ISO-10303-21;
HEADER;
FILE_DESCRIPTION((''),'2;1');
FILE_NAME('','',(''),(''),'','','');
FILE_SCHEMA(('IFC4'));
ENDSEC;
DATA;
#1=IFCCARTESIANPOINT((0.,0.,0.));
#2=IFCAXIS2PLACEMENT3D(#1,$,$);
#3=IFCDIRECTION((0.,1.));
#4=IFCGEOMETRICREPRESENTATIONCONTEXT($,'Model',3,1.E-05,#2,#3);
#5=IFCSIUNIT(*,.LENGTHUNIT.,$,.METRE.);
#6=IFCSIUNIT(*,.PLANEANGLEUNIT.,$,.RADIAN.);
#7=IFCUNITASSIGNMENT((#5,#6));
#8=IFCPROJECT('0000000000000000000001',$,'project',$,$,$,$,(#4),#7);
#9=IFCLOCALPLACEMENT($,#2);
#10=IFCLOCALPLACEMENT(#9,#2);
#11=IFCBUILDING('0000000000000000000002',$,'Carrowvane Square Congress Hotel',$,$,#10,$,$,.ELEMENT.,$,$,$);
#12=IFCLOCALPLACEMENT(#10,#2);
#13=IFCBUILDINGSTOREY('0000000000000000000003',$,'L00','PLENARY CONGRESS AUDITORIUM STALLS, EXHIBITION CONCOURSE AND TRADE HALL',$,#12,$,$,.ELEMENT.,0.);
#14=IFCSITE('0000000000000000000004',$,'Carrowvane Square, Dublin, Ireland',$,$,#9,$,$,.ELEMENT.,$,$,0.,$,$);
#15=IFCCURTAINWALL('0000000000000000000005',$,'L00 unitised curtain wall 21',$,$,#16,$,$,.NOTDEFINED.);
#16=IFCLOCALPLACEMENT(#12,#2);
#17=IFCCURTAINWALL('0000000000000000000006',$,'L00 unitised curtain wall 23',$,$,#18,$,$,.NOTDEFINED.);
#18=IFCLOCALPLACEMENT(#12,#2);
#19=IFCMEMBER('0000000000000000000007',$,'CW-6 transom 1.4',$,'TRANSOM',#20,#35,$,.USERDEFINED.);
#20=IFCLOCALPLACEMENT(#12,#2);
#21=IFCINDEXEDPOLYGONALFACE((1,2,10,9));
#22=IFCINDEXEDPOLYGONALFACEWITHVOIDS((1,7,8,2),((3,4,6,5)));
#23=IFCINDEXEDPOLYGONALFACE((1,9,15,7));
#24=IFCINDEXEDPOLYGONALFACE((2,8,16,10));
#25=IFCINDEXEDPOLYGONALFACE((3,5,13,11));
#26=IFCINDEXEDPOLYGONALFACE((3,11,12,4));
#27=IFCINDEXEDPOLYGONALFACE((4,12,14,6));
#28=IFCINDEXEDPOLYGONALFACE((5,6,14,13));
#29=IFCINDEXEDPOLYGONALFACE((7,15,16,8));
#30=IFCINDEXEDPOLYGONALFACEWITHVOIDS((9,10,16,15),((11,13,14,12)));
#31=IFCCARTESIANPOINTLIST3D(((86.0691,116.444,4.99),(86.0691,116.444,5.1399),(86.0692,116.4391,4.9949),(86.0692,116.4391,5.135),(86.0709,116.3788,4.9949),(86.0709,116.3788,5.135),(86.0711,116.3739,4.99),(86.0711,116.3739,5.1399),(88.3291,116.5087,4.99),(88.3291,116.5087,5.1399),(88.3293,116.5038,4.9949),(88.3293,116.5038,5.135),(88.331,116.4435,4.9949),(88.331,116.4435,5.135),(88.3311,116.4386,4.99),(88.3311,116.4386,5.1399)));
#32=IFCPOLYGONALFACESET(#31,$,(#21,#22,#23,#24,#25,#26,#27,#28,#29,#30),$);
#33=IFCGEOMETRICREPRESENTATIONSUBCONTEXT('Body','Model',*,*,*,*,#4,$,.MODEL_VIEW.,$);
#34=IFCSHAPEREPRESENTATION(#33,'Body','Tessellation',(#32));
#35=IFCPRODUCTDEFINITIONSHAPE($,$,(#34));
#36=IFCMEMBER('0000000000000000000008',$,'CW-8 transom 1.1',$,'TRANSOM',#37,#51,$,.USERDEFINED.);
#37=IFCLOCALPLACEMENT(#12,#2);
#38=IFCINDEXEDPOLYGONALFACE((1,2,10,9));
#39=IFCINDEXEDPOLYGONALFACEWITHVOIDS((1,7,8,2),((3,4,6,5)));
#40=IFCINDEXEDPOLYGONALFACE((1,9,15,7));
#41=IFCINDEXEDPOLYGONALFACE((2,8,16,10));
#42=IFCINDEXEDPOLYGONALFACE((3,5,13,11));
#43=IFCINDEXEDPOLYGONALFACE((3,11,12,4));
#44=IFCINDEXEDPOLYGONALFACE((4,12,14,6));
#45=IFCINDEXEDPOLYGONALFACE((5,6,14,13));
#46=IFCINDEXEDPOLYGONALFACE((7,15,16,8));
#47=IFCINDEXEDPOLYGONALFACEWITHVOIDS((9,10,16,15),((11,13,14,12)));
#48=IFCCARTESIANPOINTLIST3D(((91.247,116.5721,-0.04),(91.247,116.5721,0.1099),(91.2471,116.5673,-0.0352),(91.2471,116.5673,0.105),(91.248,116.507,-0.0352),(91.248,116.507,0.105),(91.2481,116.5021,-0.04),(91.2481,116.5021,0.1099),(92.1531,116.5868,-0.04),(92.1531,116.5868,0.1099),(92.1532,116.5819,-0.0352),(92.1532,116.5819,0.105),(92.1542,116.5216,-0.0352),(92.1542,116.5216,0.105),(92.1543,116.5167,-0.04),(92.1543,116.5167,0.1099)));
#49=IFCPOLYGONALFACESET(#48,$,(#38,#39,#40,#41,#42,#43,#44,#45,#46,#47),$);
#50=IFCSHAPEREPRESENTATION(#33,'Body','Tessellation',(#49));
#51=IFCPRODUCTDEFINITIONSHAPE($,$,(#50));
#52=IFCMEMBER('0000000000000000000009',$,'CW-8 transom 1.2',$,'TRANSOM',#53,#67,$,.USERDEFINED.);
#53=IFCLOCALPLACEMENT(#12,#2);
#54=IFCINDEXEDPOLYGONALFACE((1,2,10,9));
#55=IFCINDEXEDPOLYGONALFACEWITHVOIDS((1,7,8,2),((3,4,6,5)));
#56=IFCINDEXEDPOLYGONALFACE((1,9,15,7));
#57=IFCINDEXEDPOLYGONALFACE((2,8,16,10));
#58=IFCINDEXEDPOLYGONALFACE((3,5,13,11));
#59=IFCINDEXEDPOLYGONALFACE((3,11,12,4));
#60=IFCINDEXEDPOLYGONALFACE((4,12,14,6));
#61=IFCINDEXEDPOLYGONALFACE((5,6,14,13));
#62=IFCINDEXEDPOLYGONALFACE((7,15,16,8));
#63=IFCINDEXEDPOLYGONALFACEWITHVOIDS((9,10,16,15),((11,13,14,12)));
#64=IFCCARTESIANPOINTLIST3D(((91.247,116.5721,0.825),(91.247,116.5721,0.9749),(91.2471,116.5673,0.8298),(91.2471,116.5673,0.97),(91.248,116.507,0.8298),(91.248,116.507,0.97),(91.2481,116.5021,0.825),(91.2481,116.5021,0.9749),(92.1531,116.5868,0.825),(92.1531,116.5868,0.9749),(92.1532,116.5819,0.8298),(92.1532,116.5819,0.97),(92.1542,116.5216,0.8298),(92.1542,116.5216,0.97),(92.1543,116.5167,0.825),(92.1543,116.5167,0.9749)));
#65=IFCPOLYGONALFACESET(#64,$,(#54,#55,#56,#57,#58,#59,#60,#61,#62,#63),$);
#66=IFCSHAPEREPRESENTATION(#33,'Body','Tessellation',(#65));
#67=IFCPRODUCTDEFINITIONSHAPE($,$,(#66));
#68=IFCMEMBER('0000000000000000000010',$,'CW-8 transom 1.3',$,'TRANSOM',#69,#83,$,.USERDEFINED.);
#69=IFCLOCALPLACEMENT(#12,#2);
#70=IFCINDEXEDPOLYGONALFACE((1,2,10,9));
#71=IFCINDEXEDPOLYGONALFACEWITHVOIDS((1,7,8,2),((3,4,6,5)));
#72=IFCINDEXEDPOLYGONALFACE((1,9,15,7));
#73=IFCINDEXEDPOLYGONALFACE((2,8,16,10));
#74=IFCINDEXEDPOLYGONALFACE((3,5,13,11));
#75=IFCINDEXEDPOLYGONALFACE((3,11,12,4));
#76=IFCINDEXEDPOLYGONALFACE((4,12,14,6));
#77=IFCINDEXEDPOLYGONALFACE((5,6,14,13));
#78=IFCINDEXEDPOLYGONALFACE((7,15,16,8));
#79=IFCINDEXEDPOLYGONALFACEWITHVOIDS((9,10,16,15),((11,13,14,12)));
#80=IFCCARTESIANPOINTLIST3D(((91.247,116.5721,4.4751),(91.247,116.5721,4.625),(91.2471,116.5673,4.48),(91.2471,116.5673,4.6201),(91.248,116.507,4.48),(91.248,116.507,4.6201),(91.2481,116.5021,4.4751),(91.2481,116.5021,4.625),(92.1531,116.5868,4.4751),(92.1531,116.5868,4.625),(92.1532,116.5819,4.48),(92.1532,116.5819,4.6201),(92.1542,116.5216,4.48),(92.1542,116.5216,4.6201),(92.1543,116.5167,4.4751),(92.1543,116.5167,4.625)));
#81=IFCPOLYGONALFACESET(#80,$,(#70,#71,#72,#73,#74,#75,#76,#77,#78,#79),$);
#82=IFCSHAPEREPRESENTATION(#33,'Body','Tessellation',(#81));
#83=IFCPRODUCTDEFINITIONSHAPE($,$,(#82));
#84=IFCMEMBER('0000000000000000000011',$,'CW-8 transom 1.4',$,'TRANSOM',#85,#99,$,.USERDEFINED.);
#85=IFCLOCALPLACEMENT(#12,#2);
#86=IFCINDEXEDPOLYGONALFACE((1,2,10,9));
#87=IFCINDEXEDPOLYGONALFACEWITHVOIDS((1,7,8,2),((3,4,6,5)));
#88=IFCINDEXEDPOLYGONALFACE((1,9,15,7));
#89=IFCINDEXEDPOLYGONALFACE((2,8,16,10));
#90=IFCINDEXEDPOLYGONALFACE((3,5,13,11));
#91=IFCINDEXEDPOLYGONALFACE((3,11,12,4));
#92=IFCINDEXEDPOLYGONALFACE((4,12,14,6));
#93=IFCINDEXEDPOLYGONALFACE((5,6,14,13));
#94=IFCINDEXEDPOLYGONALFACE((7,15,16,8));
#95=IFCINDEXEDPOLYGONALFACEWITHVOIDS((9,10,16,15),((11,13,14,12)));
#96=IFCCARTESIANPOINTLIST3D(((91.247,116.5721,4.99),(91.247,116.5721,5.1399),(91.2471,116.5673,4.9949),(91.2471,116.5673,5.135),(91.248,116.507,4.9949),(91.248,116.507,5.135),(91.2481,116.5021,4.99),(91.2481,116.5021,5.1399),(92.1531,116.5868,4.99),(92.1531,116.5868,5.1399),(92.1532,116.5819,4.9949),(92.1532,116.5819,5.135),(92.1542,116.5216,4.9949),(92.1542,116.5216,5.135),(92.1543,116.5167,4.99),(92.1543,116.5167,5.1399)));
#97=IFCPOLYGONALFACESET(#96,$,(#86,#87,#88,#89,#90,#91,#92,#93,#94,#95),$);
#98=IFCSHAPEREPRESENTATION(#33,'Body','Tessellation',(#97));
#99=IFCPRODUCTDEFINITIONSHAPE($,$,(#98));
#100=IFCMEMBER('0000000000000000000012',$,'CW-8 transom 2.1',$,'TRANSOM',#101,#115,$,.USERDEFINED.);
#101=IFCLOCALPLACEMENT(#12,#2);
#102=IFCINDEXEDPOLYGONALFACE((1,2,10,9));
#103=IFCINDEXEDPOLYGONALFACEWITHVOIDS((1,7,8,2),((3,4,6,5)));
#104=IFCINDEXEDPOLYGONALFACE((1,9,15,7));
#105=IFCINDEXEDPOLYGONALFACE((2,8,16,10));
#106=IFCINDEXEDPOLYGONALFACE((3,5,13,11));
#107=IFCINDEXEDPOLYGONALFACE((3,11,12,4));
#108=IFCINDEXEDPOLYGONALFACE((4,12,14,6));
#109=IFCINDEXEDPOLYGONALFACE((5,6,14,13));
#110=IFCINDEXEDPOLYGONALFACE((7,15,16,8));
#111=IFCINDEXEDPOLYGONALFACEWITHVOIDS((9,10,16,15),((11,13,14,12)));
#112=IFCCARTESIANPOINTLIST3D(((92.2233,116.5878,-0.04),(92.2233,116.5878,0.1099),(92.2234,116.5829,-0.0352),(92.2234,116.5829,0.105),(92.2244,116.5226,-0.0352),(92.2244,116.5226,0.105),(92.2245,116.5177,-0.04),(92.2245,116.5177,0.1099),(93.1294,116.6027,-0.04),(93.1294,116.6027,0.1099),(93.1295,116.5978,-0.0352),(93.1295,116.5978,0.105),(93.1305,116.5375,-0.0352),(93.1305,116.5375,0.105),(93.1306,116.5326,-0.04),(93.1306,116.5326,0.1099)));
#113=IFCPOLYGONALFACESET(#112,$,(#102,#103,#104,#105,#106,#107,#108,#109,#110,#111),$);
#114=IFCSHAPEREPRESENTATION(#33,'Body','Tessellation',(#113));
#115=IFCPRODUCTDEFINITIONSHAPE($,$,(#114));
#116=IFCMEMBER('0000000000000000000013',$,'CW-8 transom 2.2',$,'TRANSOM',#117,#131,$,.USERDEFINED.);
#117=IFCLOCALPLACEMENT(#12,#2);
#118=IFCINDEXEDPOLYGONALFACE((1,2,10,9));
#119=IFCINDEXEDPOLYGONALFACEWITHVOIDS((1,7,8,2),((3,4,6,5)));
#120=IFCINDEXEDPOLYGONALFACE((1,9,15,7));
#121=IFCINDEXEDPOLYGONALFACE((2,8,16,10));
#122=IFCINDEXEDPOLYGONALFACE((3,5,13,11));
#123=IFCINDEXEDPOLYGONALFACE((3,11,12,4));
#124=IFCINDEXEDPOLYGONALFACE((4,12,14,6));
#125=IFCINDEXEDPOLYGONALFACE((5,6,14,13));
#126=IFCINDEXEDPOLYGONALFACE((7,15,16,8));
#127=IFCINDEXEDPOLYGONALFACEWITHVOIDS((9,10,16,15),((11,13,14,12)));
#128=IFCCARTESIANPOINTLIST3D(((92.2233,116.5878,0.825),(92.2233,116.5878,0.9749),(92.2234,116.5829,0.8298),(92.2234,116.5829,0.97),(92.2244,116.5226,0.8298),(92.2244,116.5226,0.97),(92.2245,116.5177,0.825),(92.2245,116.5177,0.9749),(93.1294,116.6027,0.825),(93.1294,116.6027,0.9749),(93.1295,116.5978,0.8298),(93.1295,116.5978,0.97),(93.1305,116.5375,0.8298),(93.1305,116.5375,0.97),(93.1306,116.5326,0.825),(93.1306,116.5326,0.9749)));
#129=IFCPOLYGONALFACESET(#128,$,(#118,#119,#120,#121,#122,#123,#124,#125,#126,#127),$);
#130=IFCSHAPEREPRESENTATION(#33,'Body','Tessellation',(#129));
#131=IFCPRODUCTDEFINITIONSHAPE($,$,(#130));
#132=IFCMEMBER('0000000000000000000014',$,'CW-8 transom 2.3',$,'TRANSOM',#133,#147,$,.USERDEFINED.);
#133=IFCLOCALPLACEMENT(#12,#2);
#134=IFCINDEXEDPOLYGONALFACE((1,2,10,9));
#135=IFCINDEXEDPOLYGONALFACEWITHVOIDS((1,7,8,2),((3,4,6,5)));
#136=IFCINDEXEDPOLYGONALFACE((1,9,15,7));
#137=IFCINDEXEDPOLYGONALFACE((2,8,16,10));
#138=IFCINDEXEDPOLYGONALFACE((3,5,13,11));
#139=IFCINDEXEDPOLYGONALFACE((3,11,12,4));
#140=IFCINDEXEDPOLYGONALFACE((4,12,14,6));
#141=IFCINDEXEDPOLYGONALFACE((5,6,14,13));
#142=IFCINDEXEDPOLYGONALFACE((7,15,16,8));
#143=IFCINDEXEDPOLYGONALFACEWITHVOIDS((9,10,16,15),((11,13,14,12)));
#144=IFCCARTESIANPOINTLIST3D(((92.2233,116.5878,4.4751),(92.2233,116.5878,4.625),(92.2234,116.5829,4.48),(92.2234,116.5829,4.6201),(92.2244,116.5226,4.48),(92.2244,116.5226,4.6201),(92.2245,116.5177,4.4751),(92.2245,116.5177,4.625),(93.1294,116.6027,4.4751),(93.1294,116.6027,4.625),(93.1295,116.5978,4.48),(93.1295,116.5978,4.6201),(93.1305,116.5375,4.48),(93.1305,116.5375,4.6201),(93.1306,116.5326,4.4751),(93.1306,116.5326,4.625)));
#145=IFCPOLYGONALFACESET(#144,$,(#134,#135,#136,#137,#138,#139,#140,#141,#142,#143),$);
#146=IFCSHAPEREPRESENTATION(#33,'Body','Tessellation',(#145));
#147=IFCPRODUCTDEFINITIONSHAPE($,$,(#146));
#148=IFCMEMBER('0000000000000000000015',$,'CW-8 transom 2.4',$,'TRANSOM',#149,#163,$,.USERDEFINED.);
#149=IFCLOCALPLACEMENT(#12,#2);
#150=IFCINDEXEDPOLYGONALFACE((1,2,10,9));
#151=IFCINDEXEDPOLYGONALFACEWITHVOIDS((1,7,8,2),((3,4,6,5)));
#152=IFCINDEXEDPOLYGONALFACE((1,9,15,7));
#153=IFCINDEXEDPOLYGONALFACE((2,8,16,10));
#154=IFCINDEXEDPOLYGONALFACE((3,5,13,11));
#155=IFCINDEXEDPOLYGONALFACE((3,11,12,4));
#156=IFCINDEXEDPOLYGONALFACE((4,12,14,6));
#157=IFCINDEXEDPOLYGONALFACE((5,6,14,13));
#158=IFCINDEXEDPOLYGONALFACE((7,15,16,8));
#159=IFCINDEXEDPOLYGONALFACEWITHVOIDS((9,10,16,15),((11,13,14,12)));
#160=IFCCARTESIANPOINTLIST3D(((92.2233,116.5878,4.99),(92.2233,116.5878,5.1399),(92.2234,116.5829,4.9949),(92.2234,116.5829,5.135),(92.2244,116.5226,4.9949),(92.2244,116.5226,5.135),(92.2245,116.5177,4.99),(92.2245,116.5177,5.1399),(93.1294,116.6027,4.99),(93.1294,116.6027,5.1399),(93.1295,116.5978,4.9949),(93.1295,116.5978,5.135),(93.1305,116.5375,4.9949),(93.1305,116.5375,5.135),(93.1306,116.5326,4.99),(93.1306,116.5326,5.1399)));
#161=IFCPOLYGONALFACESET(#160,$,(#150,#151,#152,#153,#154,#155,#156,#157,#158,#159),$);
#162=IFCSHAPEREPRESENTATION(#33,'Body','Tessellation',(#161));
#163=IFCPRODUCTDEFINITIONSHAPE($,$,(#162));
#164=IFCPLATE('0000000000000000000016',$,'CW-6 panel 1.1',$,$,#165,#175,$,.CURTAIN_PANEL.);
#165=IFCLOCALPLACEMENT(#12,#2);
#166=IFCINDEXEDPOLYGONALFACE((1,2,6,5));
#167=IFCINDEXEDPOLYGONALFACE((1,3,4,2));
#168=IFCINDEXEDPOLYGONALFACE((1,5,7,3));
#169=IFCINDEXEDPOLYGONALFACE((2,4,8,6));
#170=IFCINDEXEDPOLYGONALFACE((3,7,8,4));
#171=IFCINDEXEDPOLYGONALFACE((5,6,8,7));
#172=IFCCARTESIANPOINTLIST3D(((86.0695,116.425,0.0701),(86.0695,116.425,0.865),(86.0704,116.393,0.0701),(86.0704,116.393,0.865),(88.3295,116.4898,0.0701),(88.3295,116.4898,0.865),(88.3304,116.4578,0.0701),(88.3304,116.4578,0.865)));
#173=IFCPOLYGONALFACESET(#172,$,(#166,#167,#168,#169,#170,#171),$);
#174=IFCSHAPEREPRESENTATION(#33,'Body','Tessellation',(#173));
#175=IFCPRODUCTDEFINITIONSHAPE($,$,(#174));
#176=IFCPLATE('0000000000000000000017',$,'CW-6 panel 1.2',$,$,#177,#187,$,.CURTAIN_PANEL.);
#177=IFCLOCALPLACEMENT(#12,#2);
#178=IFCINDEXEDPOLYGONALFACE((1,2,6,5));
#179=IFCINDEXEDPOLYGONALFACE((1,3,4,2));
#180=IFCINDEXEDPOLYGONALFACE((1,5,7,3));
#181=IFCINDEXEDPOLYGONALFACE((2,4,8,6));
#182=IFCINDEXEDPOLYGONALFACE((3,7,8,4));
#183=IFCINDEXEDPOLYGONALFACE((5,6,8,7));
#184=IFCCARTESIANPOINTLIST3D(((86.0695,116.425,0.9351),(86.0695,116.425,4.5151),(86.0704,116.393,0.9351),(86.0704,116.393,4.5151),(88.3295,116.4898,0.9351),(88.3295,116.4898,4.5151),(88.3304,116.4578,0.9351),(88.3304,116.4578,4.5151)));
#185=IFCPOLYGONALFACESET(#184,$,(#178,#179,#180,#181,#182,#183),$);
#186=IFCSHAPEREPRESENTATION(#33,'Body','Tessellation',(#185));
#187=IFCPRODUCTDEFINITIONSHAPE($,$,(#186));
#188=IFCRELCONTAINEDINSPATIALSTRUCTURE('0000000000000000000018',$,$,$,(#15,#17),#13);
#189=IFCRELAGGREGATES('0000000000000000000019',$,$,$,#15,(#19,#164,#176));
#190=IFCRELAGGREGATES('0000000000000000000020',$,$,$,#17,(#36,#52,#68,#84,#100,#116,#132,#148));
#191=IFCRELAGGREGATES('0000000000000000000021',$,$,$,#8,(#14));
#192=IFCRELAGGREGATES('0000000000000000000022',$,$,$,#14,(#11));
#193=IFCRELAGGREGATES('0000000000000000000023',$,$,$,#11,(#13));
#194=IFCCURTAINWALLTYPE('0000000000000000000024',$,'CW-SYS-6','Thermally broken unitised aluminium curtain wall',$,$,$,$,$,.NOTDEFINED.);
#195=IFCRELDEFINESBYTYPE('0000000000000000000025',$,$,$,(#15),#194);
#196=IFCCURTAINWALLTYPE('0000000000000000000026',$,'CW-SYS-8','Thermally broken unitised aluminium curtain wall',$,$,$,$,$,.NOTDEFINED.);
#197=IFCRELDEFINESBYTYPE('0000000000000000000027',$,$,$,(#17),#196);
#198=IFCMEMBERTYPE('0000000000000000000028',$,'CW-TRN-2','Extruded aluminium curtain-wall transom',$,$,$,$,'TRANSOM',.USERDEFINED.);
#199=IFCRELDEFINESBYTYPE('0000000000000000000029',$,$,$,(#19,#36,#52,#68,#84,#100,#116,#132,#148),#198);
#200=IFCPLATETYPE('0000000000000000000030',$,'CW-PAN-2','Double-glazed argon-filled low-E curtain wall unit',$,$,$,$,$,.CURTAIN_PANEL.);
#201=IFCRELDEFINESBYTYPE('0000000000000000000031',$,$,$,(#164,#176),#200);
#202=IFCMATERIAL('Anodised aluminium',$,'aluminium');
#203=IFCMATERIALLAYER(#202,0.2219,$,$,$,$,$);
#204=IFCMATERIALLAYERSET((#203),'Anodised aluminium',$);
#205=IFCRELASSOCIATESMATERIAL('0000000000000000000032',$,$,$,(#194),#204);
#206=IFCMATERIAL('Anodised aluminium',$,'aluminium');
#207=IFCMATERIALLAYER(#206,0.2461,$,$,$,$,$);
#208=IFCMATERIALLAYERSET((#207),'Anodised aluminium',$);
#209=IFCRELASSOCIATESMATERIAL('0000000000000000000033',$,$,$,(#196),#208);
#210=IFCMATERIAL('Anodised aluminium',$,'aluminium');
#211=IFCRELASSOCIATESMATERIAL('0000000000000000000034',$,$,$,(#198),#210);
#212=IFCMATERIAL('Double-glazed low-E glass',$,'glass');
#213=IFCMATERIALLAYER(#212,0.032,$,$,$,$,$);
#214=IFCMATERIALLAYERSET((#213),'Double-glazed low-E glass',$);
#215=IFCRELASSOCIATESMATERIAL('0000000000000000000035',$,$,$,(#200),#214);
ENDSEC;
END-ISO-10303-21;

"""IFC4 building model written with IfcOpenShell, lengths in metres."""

from ifc_helpers import new_model, si_unit, direction, frame, origin, origin_2d, place, context, subcontext, project, spatial, rectangle, hollow_rectangle, extrude, material, layer, layer_set, material_profile, profile_set, type_object, element, aggregate, save


model = new_model("IFC4")

# Units and contexts
model_context = context("Model", 3, precision=1e-05, world=origin(), true_north=direction((0.0, 1.0)))
body_context = subcontext(model_context, "Body", "Model", "MODEL_VIEW")
ifc_project = project(units=[si_unit("LENGTHUNIT", "METRE"), si_unit("PLANEANGLEUNIT", "RADIAN")], contexts=[model_context])

# Site, building, storey
site_placement = place(None, origin())
site = spatial("IfcSite", under=ifc_project, at=site_placement, Name="Carrowvane Square, Dublin, Ireland", CompositionType="ELEMENT", RefElevation=0.0)
building_placement = place(site_placement, origin())
building = spatial("IfcBuilding", under=site, at=building_placement, Name="Carrowvane Square Congress Hotel", CompositionType="ELEMENT")
storey_placement = place(building_placement, origin())
storey = spatial("IfcBuildingStorey", under=building, at=storey_placement, Name="L00", Description="PLENARY CONGRESS AUDITORIUM STALLS, EXHIBITION CONCOURSE AND TRADE HALL", CompositionType="ELEMENT", Elevation=0.0)

# Curtain wall
ifc_material_1 = material(Name="Anodised aluminium", Category="aluminium")
ifc_layer_1 = layer(ifc_material_1, 0.2219)
ifc_layer_set_1 = layer_set([ifc_layer_1], Name="Anodised aluminium")
curtain_wall_type_1 = type_object("IfcCurtainWallType", Name="CW-SYS-6", Description="Thermally broken unitised aluminium curtain wall", PredefinedType="NOTDEFINED", material=ifc_layer_set_1)
curtain_wall_1_placement = place(storey_placement, origin())
curtain_wall_1 = element("IfcCurtainWall", 1, at=curtain_wall_1_placement, inside=storey, type_object=curtain_wall_type_1, Name="L00 unitised curtain wall 21", PredefinedType="NOTDEFINED")

# Curtain wall
ifc_material_2 = material(Name="Anodised aluminium", Category="aluminium")
ifc_layer_2 = layer(ifc_material_2, 0.2461)
ifc_layer_set_2 = layer_set([ifc_layer_2], Name="Anodised aluminium")
curtain_wall_type_2 = type_object("IfcCurtainWallType", Name="CW-SYS-8", Description="Thermally broken unitised aluminium curtain wall", PredefinedType="NOTDEFINED", material=ifc_layer_set_2)
curtain_wall_2_placement = place(storey_placement, origin())
curtain_wall_2 = element("IfcCurtainWall", 2, at=curtain_wall_2_placement, inside=storey, type_object=curtain_wall_type_2, Name="L00 unitised curtain wall 23", PredefinedType="NOTDEFINED")

# Members
ifc_material_3 = material(Name="Anodised aluminium", Category="aluminium")
ifc_material_profile_1 = material_profile(ifc_material_3, hollow_rectangle(XDim=0.0701, YDim=0.1499, WallThickness=0.0049, at=origin_2d()), Name="CW-TR 70x150x5")
ifc_profile_set_1 = profile_set([ifc_material_profile_1], Name="Anodised aluminium")
member_type_1 = type_object("IfcMemberType", Name="CW-TRN-2", Description="Extruded aluminium curtain-wall transom", ElementType="TRANSOM", PredefinedType="USERDEFINED", material=ifc_profile_set_1)
member_1_placement = place(storey_placement, frame((86.0701, 116.4089, 5.0649), z_axis=(0.99959, 0.028615, 0.0), x_axis=(-0.028615, 0.99959, 0.0)))
member_1 = element("IfcMember", 3, at=member_1_placement, type_object=member_type_1, Name="CW-6 transom 1.4", ObjectType="TRANSOM", PredefinedType="USERDEFINED", context=body_context, shape_type="SweptSolid", body=[
    extrude(hollow_rectangle(XDim=0.0701, YDim=0.1499, WallThickness=0.0049, at=origin_2d()), origin(), (0.0, 0.0, 1.0), 2.261),
])
member_2_placement = place(storey_placement, frame((91.2476, 116.5371, 0.0349), z_axis=(0.999869, 0.016162, 0.0), x_axis=(-0.016162, 0.999869, 0.0)))
member_2 = element("IfcMember", 4, at=member_2_placement, type_object=member_type_1, Name="CW-8 transom 1.1", ObjectType="TRANSOM", PredefinedType="USERDEFINED", context=body_context, shape_type="SweptSolid", body=[
    extrude(hollow_rectangle(XDim=0.0701, YDim=0.1499, WallThickness=0.0049, at=origin_2d()), origin(), (0.0, 0.0, 1.0), 0.9062),
])
member_3_placement = place(storey_placement, frame((91.2476, 116.5371, 0.8999), z_axis=(0.999869, 0.016162, 0.0), x_axis=(-0.016162, 0.999869, 0.0)))
member_3 = element("IfcMember", 5, at=member_3_placement, type_object=member_type_1, Name="CW-8 transom 1.2", ObjectType="TRANSOM", PredefinedType="USERDEFINED", context=body_context, shape_type="SweptSolid", body=[
    extrude(hollow_rectangle(XDim=0.0701, YDim=0.1499, WallThickness=0.0049, at=origin_2d()), origin(), (0.0, 0.0, 1.0), 0.9062),
])
member_4_placement = place(storey_placement, frame((91.2476, 116.5371, 4.55), z_axis=(0.999869, 0.016162, 0.0), x_axis=(-0.016162, 0.999869, 0.0)))
member_4 = element("IfcMember", 6, at=member_4_placement, type_object=member_type_1, Name="CW-8 transom 1.3", ObjectType="TRANSOM", PredefinedType="USERDEFINED", context=body_context, shape_type="SweptSolid", body=[
    extrude(hollow_rectangle(XDim=0.0701, YDim=0.1499, WallThickness=0.0049, at=origin_2d()), origin(), (0.0, 0.0, 1.0), 0.9062),
])
member_5_placement = place(storey_placement, frame((91.2476, 116.5371, 5.0649), z_axis=(0.999869, 0.016162, 0.0), x_axis=(-0.016162, 0.999869, 0.0)))
member_5 = element("IfcMember", 7, at=member_5_placement, type_object=member_type_1, Name="CW-8 transom 1.4", ObjectType="TRANSOM", PredefinedType="USERDEFINED", context=body_context, shape_type="SweptSolid", body=[
    extrude(hollow_rectangle(XDim=0.0701, YDim=0.1499, WallThickness=0.0049, at=origin_2d()), origin(), (0.0, 0.0, 1.0), 0.9062),
])
member_6_placement = place(storey_placement, frame((92.2239, 116.5527, 0.0349), z_axis=(0.999865, 0.016435, 0.0), x_axis=(-0.016435, 0.999865, 0.0)))
member_6 = element("IfcMember", 8, at=member_6_placement, type_object=member_type_1, Name="CW-8 transom 2.1", ObjectType="TRANSOM", PredefinedType="USERDEFINED", context=body_context, shape_type="SweptSolid", body=[
    extrude(hollow_rectangle(XDim=0.0701, YDim=0.1499, WallThickness=0.0049, at=origin_2d()), origin(), (0.0, 0.0, 1.0), 0.9062),
])
member_7_placement = place(storey_placement, frame((92.2239, 116.5527, 0.8999), z_axis=(0.999865, 0.016435, 0.0), x_axis=(-0.016435, 0.999865, 0.0)))
member_7 = element("IfcMember", 9, at=member_7_placement, type_object=member_type_1, Name="CW-8 transom 2.2", ObjectType="TRANSOM", PredefinedType="USERDEFINED", context=body_context, shape_type="SweptSolid", body=[
    extrude(hollow_rectangle(XDim=0.0701, YDim=0.1499, WallThickness=0.0049, at=origin_2d()), origin(), (0.0, 0.0, 1.0), 0.9062),
])
member_8_placement = place(storey_placement, frame((92.2239, 116.5527, 4.55), z_axis=(0.999865, 0.016435, 0.0), x_axis=(-0.016435, 0.999865, 0.0)))
member_8 = element("IfcMember", 10, at=member_8_placement, type_object=member_type_1, Name="CW-8 transom 2.3", ObjectType="TRANSOM", PredefinedType="USERDEFINED", context=body_context, shape_type="SweptSolid", body=[
    extrude(hollow_rectangle(XDim=0.0701, YDim=0.1499, WallThickness=0.0049, at=origin_2d()), origin(), (0.0, 0.0, 1.0), 0.9062),
])
member_9_placement = place(storey_placement, frame((92.2239, 116.5527, 5.0649), z_axis=(0.999865, 0.016435, 0.0), x_axis=(-0.016435, 0.999865, 0.0)))
member_9 = element("IfcMember", 11, at=member_9_placement, type_object=member_type_1, Name="CW-8 transom 2.4", ObjectType="TRANSOM", PredefinedType="USERDEFINED", context=body_context, shape_type="SweptSolid", body=[
    extrude(hollow_rectangle(XDim=0.0701, YDim=0.1499, WallThickness=0.0049, at=origin_2d()), origin(), (0.0, 0.0, 1.0), 0.9062),
])

# Plates
ifc_material_4 = material(Name="Double-glazed low-E glass", Category="glass")
ifc_layer_3 = layer(ifc_material_4, 0.032)
ifc_layer_set_3 = layer_set([ifc_layer_3], Name="Double-glazed low-E glass")
plate_type_1 = type_object("IfcPlateType", Name="CW-PAN-2", Description="Double-glazed argon-filled low-E curtain wall unit", PredefinedType="CURTAIN_PANEL", material=ifc_layer_set_3)
plate_1_placement = place(storey_placement, frame((87.2, 116.4414, 0.0701), z_axis=(0.0, 0.0, 1.0), x_axis=(0.99959, 0.028638, 0.0)))
plate_1 = element("IfcPlate", 12, at=plate_1_placement, type_object=plate_type_1, Name="CW-6 panel 1.1", PredefinedType="CURTAIN_PANEL", context=body_context, shape_type="SweptSolid", body=[
    extrude(rectangle(XDim=2.261, YDim=0.032, at=origin_2d()), origin(), (0.0, 0.0, 1.0), 0.7949),
])
plate_2_placement = place(storey_placement, frame((87.2, 116.4414, 0.9351), z_axis=(0.0, 0.0, 1.0), x_axis=(0.99959, 0.028638, 0.0)))
plate_2 = element("IfcPlate", 13, at=plate_2_placement, type_object=plate_type_1, Name="CW-6 panel 1.2", PredefinedType="CURTAIN_PANEL", context=body_context, shape_type="SweptSolid", body=[
    extrude(rectangle(XDim=2.261, YDim=0.032, at=origin_2d()), origin(), (0.0, 0.0, 1.0), 3.5801),
])
aggregate(curtain_wall_1, [member_1, plate_1, plate_2])
aggregate(curtain_wall_2, [member_2, member_3, member_4, member_5, member_6, member_7, member_8, member_9])

save(model, "model.ifc")
